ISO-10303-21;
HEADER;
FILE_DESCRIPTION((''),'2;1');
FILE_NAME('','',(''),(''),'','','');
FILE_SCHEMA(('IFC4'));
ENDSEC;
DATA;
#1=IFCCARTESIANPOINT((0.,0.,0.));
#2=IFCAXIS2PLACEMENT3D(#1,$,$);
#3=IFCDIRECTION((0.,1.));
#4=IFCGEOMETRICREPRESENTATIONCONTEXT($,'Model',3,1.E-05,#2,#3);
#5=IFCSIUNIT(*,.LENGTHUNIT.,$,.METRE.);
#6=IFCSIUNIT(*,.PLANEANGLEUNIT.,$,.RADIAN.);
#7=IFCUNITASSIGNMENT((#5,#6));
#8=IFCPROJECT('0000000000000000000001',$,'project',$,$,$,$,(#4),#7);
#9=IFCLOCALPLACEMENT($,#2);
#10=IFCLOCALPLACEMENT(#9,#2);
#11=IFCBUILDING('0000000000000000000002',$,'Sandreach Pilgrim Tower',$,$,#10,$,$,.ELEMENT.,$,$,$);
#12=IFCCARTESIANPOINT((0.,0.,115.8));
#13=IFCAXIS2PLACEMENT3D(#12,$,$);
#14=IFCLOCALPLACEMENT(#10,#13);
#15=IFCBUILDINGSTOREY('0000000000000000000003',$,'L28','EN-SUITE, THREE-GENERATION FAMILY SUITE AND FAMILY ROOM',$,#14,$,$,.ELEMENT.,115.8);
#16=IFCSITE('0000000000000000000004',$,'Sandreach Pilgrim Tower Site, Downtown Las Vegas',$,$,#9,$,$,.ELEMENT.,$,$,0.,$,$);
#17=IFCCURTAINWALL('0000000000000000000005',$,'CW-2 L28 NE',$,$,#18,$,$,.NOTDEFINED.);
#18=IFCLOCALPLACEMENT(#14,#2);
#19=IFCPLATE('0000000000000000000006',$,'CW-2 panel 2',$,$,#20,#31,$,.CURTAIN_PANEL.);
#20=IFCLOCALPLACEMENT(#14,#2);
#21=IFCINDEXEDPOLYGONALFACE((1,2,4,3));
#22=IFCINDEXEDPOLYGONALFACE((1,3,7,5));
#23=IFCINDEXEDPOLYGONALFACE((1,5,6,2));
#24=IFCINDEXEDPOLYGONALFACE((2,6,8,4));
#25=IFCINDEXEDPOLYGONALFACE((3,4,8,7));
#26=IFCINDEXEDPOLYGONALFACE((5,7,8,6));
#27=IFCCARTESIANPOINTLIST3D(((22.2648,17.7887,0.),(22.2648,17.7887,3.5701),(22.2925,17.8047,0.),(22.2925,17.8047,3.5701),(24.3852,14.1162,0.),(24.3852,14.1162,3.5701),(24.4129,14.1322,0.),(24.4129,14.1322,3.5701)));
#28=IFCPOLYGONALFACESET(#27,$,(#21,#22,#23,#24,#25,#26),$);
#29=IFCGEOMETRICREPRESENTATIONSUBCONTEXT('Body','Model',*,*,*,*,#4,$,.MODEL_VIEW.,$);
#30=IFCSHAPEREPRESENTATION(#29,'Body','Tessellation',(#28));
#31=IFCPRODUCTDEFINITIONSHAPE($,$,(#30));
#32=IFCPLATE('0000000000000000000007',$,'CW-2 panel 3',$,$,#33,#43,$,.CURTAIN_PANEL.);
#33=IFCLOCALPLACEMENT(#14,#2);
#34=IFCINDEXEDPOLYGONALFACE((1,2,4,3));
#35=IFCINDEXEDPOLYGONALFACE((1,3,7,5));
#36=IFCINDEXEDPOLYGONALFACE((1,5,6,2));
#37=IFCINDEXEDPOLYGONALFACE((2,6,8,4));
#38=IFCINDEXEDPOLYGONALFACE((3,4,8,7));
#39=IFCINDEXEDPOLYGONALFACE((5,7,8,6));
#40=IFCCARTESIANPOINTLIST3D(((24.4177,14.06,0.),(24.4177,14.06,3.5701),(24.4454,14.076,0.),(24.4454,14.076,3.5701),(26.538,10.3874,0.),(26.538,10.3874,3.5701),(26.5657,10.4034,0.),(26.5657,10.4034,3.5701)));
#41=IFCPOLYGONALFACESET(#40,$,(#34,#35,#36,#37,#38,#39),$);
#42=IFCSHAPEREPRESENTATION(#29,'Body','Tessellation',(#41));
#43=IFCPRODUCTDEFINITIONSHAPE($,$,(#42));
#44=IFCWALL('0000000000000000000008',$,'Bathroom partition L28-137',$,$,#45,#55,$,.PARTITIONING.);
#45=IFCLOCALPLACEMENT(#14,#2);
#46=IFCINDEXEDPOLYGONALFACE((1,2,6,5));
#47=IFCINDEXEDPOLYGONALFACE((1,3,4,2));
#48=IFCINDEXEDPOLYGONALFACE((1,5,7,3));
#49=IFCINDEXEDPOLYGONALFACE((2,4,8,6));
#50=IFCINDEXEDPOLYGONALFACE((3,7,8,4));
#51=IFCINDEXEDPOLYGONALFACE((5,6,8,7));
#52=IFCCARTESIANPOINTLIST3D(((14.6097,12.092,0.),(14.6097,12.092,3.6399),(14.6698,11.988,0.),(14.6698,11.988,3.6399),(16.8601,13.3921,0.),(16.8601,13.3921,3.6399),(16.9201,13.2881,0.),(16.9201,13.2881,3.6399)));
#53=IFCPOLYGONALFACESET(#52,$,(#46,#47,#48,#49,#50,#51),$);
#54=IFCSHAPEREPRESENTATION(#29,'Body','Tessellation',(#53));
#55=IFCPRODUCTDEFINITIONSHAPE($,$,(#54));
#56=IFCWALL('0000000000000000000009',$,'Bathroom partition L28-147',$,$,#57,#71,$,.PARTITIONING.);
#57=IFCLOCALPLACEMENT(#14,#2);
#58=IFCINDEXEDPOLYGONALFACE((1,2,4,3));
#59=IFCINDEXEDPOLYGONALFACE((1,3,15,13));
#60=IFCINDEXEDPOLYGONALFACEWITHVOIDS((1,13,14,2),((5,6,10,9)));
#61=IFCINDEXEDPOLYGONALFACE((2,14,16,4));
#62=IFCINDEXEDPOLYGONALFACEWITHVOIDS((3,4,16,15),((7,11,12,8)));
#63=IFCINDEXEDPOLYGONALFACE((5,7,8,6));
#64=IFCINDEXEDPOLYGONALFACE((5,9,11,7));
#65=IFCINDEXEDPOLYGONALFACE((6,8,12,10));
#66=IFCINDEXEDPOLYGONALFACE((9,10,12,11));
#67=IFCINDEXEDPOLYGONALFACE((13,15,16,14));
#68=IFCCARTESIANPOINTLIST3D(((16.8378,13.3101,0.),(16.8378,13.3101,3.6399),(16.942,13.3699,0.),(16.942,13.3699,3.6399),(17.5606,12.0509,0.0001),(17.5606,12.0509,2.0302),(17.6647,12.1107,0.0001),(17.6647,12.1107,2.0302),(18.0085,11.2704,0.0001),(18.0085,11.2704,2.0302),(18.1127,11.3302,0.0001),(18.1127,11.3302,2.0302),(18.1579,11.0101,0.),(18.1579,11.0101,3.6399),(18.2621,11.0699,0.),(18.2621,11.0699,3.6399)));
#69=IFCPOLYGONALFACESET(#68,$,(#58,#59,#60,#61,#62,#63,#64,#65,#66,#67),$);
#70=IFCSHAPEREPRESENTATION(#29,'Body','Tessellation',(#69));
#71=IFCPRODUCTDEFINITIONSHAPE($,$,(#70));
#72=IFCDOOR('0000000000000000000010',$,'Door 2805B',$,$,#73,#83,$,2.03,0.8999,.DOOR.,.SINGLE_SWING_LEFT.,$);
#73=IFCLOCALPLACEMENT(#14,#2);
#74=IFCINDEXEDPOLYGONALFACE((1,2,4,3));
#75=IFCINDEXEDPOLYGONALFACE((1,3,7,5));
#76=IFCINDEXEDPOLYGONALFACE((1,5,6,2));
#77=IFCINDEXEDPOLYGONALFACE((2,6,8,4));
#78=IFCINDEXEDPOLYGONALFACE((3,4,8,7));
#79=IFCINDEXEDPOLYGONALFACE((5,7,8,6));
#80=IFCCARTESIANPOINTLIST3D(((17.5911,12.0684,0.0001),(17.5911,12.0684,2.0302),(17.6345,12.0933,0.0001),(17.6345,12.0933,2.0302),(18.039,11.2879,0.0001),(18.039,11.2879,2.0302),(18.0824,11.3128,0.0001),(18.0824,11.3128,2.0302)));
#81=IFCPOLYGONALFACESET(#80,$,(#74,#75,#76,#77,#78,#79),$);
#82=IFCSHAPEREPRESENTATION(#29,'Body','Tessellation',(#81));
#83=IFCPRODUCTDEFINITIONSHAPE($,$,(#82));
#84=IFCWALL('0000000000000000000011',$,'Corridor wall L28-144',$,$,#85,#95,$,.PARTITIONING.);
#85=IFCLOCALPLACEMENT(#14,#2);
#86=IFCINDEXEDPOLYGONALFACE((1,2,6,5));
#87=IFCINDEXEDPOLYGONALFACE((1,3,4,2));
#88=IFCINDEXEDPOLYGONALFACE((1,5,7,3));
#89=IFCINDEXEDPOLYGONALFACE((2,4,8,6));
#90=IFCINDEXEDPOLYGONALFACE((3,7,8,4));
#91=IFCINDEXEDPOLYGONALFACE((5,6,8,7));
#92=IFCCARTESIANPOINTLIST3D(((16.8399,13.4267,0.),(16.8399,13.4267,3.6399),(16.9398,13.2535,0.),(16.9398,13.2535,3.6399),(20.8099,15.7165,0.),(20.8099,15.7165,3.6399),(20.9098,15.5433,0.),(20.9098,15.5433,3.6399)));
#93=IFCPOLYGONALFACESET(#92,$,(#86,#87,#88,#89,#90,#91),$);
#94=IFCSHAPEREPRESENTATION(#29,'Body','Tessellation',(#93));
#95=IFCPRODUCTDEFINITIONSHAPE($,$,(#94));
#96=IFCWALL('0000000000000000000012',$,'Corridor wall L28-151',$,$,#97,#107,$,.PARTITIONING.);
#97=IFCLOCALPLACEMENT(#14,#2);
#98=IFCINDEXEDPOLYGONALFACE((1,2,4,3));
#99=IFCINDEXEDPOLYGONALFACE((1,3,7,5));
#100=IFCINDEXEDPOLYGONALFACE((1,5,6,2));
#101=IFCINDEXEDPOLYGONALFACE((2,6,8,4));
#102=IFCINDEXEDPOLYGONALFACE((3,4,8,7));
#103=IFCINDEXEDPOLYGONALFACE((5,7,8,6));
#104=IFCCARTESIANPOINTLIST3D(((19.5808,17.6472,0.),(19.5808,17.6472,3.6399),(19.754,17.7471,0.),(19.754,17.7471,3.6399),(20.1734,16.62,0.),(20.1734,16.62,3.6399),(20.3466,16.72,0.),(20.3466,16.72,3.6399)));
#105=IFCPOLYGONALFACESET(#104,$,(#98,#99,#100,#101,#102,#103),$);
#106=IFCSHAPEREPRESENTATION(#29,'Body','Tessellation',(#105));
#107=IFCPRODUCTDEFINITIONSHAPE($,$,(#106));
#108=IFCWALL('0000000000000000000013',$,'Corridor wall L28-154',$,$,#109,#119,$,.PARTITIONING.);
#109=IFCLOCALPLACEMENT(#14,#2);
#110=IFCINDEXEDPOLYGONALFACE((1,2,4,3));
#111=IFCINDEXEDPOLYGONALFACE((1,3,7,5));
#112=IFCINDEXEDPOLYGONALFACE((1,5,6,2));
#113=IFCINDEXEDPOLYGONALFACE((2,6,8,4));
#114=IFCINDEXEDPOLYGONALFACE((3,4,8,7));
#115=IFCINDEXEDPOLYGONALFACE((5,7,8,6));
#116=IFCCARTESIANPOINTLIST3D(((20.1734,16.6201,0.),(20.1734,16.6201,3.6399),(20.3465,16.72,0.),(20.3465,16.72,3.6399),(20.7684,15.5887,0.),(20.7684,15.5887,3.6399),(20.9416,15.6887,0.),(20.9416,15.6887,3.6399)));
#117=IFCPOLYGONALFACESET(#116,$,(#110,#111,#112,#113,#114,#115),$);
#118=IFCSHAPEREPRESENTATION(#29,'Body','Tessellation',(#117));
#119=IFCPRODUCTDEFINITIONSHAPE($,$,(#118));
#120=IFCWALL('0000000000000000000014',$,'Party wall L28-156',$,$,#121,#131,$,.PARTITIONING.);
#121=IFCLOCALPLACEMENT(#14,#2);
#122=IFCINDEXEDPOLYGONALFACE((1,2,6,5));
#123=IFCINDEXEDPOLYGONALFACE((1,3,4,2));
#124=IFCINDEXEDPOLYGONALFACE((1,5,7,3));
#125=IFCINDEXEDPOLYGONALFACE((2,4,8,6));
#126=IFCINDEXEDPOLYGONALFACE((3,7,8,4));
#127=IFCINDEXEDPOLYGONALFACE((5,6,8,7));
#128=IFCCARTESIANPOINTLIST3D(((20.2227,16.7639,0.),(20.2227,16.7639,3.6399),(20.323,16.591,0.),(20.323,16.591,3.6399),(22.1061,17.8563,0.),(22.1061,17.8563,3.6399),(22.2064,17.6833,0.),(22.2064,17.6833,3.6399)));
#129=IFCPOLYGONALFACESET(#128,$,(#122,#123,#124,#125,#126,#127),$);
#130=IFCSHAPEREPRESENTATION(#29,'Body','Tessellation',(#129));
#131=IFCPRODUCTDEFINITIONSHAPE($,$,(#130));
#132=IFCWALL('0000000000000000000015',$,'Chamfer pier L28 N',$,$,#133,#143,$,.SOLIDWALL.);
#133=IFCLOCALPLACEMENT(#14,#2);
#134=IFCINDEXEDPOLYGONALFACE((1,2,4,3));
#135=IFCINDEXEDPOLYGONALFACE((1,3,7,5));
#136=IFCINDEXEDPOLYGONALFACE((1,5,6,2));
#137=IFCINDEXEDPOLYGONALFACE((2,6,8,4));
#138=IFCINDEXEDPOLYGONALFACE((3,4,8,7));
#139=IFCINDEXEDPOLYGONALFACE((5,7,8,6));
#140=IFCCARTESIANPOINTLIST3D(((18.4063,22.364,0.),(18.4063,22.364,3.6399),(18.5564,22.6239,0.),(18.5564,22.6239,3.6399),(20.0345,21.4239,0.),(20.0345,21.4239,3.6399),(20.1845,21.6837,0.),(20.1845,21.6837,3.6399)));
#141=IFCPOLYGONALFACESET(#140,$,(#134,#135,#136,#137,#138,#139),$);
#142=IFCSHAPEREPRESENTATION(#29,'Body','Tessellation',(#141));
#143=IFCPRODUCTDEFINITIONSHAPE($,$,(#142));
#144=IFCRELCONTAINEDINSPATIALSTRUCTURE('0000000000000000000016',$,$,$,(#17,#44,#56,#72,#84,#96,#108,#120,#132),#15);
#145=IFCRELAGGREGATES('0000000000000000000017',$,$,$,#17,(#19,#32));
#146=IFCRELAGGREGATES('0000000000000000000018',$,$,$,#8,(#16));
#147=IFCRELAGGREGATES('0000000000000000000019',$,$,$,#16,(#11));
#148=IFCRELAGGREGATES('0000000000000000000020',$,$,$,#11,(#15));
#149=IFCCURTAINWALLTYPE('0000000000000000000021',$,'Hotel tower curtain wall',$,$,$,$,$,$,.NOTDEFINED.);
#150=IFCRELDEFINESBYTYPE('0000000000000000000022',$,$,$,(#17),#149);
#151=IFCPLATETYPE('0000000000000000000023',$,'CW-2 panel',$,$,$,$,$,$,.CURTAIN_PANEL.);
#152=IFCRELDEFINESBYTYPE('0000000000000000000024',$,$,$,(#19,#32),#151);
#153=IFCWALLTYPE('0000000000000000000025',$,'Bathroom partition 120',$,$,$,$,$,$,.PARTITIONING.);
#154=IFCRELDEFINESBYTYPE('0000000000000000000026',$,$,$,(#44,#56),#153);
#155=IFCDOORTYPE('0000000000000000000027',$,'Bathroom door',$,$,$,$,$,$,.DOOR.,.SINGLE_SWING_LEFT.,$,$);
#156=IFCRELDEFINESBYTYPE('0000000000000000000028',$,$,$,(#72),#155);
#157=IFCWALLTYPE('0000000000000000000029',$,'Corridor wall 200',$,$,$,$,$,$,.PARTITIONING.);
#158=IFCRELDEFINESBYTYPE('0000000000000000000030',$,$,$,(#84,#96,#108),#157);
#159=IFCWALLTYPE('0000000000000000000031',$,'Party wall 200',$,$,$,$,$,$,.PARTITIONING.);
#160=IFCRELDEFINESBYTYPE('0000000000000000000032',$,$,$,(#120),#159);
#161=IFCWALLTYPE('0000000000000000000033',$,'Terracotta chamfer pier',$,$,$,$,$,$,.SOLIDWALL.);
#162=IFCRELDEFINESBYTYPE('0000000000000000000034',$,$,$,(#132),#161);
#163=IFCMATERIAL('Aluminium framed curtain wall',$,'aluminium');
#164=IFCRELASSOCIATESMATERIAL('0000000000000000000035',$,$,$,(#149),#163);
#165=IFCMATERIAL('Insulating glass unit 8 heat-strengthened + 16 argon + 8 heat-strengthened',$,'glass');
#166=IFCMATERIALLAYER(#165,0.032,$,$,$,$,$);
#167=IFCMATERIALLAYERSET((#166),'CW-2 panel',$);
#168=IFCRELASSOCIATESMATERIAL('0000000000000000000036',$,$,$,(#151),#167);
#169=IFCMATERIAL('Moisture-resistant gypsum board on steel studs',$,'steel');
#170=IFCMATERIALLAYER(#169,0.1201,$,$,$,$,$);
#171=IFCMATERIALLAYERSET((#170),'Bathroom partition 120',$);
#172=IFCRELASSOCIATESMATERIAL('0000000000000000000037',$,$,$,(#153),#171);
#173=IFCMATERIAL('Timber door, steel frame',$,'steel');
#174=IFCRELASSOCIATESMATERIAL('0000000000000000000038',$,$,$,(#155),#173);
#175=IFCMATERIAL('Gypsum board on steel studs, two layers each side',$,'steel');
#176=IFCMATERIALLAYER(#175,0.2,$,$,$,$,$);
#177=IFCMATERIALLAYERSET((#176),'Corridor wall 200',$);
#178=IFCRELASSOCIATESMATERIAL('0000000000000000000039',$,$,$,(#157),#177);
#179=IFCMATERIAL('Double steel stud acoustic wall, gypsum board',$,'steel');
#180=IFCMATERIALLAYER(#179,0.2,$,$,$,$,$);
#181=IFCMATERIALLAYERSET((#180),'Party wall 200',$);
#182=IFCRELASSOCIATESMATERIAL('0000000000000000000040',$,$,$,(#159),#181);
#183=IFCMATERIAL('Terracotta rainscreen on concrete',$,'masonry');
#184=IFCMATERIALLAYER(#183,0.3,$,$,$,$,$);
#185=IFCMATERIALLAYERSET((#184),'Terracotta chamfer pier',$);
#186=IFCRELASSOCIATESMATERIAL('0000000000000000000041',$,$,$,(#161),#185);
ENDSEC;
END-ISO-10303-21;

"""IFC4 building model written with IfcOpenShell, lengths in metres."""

from ifc_helpers import new_model, si_unit, direction, frame, frame_2d, origin, origin_2d, place, context, subcontext, project, spatial, rectangle, extrude, material, layer, layer_set, type_object, element, fill, aggregate, save


model = new_model("IFC4")

# Units and contexts
model_context = context("Model", 3, precision=1e-05, world=origin(), true_north=direction((0.0, 1.0)))
body_context = subcontext(model_context, "Body", "Model", "MODEL_VIEW")
ifc_project = project(units=[si_unit("LENGTHUNIT", "METRE"), si_unit("PLANEANGLEUNIT", "RADIAN")], contexts=[model_context])

# Site, building, storey
site_placement = place(None, origin())
site = spatial("IfcSite", under=ifc_project, at=site_placement, Name="Sandreach Pilgrim Tower Site, Downtown Las Vegas", CompositionType="ELEMENT", RefElevation=0.0)
building_placement = place(site_placement, origin())
building = spatial("IfcBuilding", under=site, at=building_placement, Name="Sandreach Pilgrim Tower", CompositionType="ELEMENT")
storey_placement = place(building_placement, frame((0.0, 0.0, 115.8)))
storey = spatial("IfcBuildingStorey", under=building, at=storey_placement, Name="L28", Description="EN-SUITE, THREE-GENERATION FAMILY SUITE AND FAMILY ROOM", CompositionType="ELEMENT", Elevation=115.8)

# Shared definitions
ifc_material_1 = material(Name="Aluminium framed curtain wall", Category="aluminium")
curtain_wall_type = type_object("IfcCurtainWallType", Name="Hotel tower curtain wall", PredefinedType="NOTDEFINED", material=ifc_material_1)

# Curtain wall
curtain_wall_1_placement = place(storey_placement, origin())
curtain_wall_1 = element("IfcCurtainWall", 1, at=curtain_wall_1_placement, inside=storey, type_object=curtain_wall_type, Name="CW-2 L28 NE", PredefinedType="NOTDEFINED")

# Plates
ifc_material_2 = material(Name="Insulating glass unit 8 heat-strengthened + 16 argon + 8 heat-strengthened", Category="glass")
ifc_layer_1 = layer(ifc_material_2, 0.032)
ifc_layer_set_1 = layer_set([ifc_layer_1], Name="CW-2 panel")
plate_type = type_object("IfcPlateType", Name="CW-2 panel", PredefinedType="CURTAIN_PANEL", material=ifc_layer_set_1)
plate_1_placement = place(storey_placement, frame((23.3389, 15.9604, 0.0), z_axis=(0.0, 0.0, 1.0), x_axis=(0.5, -0.866025, 0.0)))
plate_1 = element("IfcPlate", 2, at=plate_1_placement, type_object=plate_type, Name="CW-2 panel 2", PredefinedType="CURTAIN_PANEL", context=body_context, shape_type="SweptSolid", body=[
    extrude(rectangle(XDim=4.2407, YDim=0.032, at=origin_2d()), origin(), (0.0, 0.0, 1.0), 3.5701),
])
plate_2_placement = place(storey_placement, frame((25.4917, 12.2317, 0.0), z_axis=(0.0, 0.0, 1.0), x_axis=(0.5, -0.866025, 0.0)))
plate_2 = element("IfcPlate", 3, at=plate_2_placement, type_object=plate_type, Name="CW-2 panel 3", PredefinedType="CURTAIN_PANEL", context=body_context, shape_type="SweptSolid", body=[
    extrude(rectangle(XDim=4.2407, YDim=0.032, at=origin_2d()), origin(), (0.0, 0.0, 1.0), 3.5701),
])
aggregate(curtain_wall_1, [plate_1, plate_2])

# Wall
ifc_material_3 = material(Name="Moisture-resistant gypsum board on steel studs", Category="steel")
ifc_layer_2 = layer(ifc_material_3, 0.1201)
ifc_layer_set_2 = layer_set([ifc_layer_2], Name="Bathroom partition 120")
wall_type_1 = type_object("IfcWallType", Name="Bathroom partition 120", PredefinedType="PARTITIONING", material=ifc_layer_set_2)
wall_1_placement = place(storey_placement, frame((14.6399, 12.04, 0.0), z_axis=(0.0, 0.0, 1.0), x_axis=(0.86588, 0.500251, 0.0)))
element("IfcWall", 4, at=wall_1_placement, inside=storey, type_object=wall_type_1, Name="Bathroom partition L28-137", PredefinedType="PARTITIONING", context=body_context, shape_type="SweptSolid", body=[
    extrude(rectangle(XDim=2.5989, YDim=0.1201, at=frame_2d((1.2993, 0.0))), origin(), (0.0, 0.0, 1.0), 3.6399),
])

# Wall, opening, door
wall_2_placement = place(storey_placement, frame((18.21, 11.04, 0.0), z_axis=(0.0, 0.0, 1.0), x_axis=(-0.497774, 0.867307, 0.0)))
wall_2 = element("IfcWall", 5, at=wall_2_placement, inside=storey, type_object=wall_type_1, Name="Bathroom partition L28-147", PredefinedType="PARTITIONING", context=body_context, shape_type="SweptSolid", body=[
    extrude(rectangle(XDim=2.6519, YDim=0.1201, at=frame_2d((1.3259, 0.0))), origin(), (0.0, 0.0, 1.0), 3.6399),
])
opening_1_placement = place(wall_2_placement, frame((0.3, 0.0, 0.0)))
opening_1 = element("IfcOpeningElement", 6, at=opening_1_placement, cuts=wall_2, PredefinedType="OPENING", context=body_context, shape_type="SweptSolid", body=[
    extrude(rectangle(XDim=0.8999, YDim=2.03, at=frame_2d((0.45, 1.0151))), frame((0.0, 0.0601, 0.0), z_axis=(0.0, -1.0, 0.0), x_axis=(1.0, 0.0, 0.0)), (0.0, 0.0, 1.0), 0.1201),
])
ifc_material_4 = material(Name="Timber door, steel frame", Category="steel")
door_type_1 = type_object("IfcDoorType", Name="Bathroom door", OperationType="SINGLE_SWING_LEFT", PredefinedType="DOOR", material=ifc_material_4)
door_1_placement = place(opening_1_placement, origin())
door_1 = element("IfcDoor", 7, at=door_1_placement, inside=storey, type_object=door_type_1, Name="Door 2805B", OperationType="SINGLE_SWING_LEFT", OverallHeight=2.03, OverallWidth=0.8999, PredefinedType="DOOR", context=body_context, shape_type="SweptSolid", body=[
    extrude(rectangle(XDim=0.8999, YDim=2.03, at=frame_2d((0.45, 1.0151))), frame((0.0, 0.0249, 0.0), z_axis=(0.0, -1.0, 0.0), x_axis=(1.0, 0.0, 0.0)), (0.0, 0.0, 1.0), 0.05),
])
fill(opening_1, door_1)

# Wall
ifc_material_5 = material(Name="Gypsum board on steel studs, two layers each side", Category="steel")
ifc_layer_3 = layer(ifc_material_5, 0.2)
ifc_layer_set_3 = layer_set([ifc_layer_3], Name="Corridor wall 200")
wall_type_2 = type_object("IfcWallType", Name="Corridor wall 200", PredefinedType="PARTITIONING", material=ifc_layer_set_3)
wall_3_placement = place(storey_placement, frame((16.8899, 13.3401, 0.0), z_axis=(0.0, 0.0, 1.0), x_axis=(0.86624, 0.499629, 0.0)))
element("IfcWall", 8, at=wall_3_placement, inside=storey, type_object=wall_type_2, Name="Corridor wall L28-144", PredefinedType="PARTITIONING", context=body_context, shape_type="SweptSolid", body=[
    extrude(rectangle(XDim=4.583, YDim=0.2, at=frame_2d((2.2915, 0.0))), origin(), (0.0, 0.0, 1.0), 3.6399),
])

# Walls
wall_4_placement = place(storey_placement, frame((19.6675, 17.697, 0.0), z_axis=(0.0, 0.0, 1.0), x_axis=(0.499705, -0.866196, 0.0)))
element("IfcWall", 9, at=wall_4_placement, inside=storey, type_object=wall_type_2, Name="Corridor wall L28-151", PredefinedType="PARTITIONING", context=body_context, shape_type="SweptSolid", body=[
    extrude(rectangle(XDim=1.1858, YDim=0.2, at=frame_2d((0.5928, 0.0))), origin(), (0.0, 0.0, 1.0), 3.6399),
])
wall_5_placement = place(storey_placement, frame((20.26, 16.6699, 0.0), z_axis=(0.0, 0.0, 1.0), x_axis=(0.499734, -0.866179, 0.0)))
element("IfcWall", 10, at=wall_5_placement, inside=storey, type_object=wall_type_2, Name="Corridor wall L28-154", PredefinedType="PARTITIONING", context=body_context, shape_type="SweptSolid", body=[
    extrude(rectangle(XDim=1.1907, YDim=0.2, at=frame_2d((0.5952, 0.0))), origin(), (0.0, 0.0, 1.0), 3.6399),
])
ifc_material_6 = material(Name="Double steel stud acoustic wall, gypsum board", Category="steel")
ifc_layer_4 = layer(ifc_material_6, 0.2)
ifc_layer_set_4 = layer_set([ifc_layer_4], Name="Party wall 200")
wall_type_3 = type_object("IfcWallType", Name="Party wall 200", PredefinedType="PARTITIONING", material=ifc_layer_set_4)
wall_6_placement = place(storey_placement, frame((22.1562, 17.7698, 0.0), z_axis=(0.0, 0.0, 1.0), x_axis=(-0.865037, -0.501708, 0.0)))
element("IfcWall", 11, at=wall_6_placement, inside=storey, type_object=wall_type_3, Name="Party wall L28-156", PredefinedType="PARTITIONING", context=body_context, shape_type="SweptSolid", body=[
    extrude(rectangle(XDim=2.1772, YDim=0.2, at=frame_2d((1.0886, 0.0))), origin(), (0.0, 0.0, 1.0), 3.6399),
])
ifc_material_7 = material(Name="Terracotta rainscreen on concrete", Category="masonry")
ifc_layer_5 = layer(ifc_material_7, 0.3)
ifc_layer_set_5 = layer_set([ifc_layer_5], Name="Terracotta chamfer pier")
wall_type_4 = type_object("IfcWallType", Name="Terracotta chamfer pier", PredefinedType="SOLIDWALL", material=ifc_layer_set_5)
wall_7_placement = place(storey_placement, frame((18.4814, 22.4939, 0.0), z_axis=(0.0, 0.0, 1.0), x_axis=(0.865989, -0.500063, 0.0)))
element("IfcWall", 12, at=wall_7_placement, inside=storey, type_object=wall_type_4, Name="Chamfer pier L28 N", PredefinedType="SOLIDWALL", context=body_context, shape_type="SweptSolid", body=[
    extrude(rectangle(XDim=1.8801, YDim=0.3, at=frame_2d((0.9399, 0.0))), origin(), (0.0, 0.0, 1.0), 3.6399),
])

save(model, "model.ifc")
